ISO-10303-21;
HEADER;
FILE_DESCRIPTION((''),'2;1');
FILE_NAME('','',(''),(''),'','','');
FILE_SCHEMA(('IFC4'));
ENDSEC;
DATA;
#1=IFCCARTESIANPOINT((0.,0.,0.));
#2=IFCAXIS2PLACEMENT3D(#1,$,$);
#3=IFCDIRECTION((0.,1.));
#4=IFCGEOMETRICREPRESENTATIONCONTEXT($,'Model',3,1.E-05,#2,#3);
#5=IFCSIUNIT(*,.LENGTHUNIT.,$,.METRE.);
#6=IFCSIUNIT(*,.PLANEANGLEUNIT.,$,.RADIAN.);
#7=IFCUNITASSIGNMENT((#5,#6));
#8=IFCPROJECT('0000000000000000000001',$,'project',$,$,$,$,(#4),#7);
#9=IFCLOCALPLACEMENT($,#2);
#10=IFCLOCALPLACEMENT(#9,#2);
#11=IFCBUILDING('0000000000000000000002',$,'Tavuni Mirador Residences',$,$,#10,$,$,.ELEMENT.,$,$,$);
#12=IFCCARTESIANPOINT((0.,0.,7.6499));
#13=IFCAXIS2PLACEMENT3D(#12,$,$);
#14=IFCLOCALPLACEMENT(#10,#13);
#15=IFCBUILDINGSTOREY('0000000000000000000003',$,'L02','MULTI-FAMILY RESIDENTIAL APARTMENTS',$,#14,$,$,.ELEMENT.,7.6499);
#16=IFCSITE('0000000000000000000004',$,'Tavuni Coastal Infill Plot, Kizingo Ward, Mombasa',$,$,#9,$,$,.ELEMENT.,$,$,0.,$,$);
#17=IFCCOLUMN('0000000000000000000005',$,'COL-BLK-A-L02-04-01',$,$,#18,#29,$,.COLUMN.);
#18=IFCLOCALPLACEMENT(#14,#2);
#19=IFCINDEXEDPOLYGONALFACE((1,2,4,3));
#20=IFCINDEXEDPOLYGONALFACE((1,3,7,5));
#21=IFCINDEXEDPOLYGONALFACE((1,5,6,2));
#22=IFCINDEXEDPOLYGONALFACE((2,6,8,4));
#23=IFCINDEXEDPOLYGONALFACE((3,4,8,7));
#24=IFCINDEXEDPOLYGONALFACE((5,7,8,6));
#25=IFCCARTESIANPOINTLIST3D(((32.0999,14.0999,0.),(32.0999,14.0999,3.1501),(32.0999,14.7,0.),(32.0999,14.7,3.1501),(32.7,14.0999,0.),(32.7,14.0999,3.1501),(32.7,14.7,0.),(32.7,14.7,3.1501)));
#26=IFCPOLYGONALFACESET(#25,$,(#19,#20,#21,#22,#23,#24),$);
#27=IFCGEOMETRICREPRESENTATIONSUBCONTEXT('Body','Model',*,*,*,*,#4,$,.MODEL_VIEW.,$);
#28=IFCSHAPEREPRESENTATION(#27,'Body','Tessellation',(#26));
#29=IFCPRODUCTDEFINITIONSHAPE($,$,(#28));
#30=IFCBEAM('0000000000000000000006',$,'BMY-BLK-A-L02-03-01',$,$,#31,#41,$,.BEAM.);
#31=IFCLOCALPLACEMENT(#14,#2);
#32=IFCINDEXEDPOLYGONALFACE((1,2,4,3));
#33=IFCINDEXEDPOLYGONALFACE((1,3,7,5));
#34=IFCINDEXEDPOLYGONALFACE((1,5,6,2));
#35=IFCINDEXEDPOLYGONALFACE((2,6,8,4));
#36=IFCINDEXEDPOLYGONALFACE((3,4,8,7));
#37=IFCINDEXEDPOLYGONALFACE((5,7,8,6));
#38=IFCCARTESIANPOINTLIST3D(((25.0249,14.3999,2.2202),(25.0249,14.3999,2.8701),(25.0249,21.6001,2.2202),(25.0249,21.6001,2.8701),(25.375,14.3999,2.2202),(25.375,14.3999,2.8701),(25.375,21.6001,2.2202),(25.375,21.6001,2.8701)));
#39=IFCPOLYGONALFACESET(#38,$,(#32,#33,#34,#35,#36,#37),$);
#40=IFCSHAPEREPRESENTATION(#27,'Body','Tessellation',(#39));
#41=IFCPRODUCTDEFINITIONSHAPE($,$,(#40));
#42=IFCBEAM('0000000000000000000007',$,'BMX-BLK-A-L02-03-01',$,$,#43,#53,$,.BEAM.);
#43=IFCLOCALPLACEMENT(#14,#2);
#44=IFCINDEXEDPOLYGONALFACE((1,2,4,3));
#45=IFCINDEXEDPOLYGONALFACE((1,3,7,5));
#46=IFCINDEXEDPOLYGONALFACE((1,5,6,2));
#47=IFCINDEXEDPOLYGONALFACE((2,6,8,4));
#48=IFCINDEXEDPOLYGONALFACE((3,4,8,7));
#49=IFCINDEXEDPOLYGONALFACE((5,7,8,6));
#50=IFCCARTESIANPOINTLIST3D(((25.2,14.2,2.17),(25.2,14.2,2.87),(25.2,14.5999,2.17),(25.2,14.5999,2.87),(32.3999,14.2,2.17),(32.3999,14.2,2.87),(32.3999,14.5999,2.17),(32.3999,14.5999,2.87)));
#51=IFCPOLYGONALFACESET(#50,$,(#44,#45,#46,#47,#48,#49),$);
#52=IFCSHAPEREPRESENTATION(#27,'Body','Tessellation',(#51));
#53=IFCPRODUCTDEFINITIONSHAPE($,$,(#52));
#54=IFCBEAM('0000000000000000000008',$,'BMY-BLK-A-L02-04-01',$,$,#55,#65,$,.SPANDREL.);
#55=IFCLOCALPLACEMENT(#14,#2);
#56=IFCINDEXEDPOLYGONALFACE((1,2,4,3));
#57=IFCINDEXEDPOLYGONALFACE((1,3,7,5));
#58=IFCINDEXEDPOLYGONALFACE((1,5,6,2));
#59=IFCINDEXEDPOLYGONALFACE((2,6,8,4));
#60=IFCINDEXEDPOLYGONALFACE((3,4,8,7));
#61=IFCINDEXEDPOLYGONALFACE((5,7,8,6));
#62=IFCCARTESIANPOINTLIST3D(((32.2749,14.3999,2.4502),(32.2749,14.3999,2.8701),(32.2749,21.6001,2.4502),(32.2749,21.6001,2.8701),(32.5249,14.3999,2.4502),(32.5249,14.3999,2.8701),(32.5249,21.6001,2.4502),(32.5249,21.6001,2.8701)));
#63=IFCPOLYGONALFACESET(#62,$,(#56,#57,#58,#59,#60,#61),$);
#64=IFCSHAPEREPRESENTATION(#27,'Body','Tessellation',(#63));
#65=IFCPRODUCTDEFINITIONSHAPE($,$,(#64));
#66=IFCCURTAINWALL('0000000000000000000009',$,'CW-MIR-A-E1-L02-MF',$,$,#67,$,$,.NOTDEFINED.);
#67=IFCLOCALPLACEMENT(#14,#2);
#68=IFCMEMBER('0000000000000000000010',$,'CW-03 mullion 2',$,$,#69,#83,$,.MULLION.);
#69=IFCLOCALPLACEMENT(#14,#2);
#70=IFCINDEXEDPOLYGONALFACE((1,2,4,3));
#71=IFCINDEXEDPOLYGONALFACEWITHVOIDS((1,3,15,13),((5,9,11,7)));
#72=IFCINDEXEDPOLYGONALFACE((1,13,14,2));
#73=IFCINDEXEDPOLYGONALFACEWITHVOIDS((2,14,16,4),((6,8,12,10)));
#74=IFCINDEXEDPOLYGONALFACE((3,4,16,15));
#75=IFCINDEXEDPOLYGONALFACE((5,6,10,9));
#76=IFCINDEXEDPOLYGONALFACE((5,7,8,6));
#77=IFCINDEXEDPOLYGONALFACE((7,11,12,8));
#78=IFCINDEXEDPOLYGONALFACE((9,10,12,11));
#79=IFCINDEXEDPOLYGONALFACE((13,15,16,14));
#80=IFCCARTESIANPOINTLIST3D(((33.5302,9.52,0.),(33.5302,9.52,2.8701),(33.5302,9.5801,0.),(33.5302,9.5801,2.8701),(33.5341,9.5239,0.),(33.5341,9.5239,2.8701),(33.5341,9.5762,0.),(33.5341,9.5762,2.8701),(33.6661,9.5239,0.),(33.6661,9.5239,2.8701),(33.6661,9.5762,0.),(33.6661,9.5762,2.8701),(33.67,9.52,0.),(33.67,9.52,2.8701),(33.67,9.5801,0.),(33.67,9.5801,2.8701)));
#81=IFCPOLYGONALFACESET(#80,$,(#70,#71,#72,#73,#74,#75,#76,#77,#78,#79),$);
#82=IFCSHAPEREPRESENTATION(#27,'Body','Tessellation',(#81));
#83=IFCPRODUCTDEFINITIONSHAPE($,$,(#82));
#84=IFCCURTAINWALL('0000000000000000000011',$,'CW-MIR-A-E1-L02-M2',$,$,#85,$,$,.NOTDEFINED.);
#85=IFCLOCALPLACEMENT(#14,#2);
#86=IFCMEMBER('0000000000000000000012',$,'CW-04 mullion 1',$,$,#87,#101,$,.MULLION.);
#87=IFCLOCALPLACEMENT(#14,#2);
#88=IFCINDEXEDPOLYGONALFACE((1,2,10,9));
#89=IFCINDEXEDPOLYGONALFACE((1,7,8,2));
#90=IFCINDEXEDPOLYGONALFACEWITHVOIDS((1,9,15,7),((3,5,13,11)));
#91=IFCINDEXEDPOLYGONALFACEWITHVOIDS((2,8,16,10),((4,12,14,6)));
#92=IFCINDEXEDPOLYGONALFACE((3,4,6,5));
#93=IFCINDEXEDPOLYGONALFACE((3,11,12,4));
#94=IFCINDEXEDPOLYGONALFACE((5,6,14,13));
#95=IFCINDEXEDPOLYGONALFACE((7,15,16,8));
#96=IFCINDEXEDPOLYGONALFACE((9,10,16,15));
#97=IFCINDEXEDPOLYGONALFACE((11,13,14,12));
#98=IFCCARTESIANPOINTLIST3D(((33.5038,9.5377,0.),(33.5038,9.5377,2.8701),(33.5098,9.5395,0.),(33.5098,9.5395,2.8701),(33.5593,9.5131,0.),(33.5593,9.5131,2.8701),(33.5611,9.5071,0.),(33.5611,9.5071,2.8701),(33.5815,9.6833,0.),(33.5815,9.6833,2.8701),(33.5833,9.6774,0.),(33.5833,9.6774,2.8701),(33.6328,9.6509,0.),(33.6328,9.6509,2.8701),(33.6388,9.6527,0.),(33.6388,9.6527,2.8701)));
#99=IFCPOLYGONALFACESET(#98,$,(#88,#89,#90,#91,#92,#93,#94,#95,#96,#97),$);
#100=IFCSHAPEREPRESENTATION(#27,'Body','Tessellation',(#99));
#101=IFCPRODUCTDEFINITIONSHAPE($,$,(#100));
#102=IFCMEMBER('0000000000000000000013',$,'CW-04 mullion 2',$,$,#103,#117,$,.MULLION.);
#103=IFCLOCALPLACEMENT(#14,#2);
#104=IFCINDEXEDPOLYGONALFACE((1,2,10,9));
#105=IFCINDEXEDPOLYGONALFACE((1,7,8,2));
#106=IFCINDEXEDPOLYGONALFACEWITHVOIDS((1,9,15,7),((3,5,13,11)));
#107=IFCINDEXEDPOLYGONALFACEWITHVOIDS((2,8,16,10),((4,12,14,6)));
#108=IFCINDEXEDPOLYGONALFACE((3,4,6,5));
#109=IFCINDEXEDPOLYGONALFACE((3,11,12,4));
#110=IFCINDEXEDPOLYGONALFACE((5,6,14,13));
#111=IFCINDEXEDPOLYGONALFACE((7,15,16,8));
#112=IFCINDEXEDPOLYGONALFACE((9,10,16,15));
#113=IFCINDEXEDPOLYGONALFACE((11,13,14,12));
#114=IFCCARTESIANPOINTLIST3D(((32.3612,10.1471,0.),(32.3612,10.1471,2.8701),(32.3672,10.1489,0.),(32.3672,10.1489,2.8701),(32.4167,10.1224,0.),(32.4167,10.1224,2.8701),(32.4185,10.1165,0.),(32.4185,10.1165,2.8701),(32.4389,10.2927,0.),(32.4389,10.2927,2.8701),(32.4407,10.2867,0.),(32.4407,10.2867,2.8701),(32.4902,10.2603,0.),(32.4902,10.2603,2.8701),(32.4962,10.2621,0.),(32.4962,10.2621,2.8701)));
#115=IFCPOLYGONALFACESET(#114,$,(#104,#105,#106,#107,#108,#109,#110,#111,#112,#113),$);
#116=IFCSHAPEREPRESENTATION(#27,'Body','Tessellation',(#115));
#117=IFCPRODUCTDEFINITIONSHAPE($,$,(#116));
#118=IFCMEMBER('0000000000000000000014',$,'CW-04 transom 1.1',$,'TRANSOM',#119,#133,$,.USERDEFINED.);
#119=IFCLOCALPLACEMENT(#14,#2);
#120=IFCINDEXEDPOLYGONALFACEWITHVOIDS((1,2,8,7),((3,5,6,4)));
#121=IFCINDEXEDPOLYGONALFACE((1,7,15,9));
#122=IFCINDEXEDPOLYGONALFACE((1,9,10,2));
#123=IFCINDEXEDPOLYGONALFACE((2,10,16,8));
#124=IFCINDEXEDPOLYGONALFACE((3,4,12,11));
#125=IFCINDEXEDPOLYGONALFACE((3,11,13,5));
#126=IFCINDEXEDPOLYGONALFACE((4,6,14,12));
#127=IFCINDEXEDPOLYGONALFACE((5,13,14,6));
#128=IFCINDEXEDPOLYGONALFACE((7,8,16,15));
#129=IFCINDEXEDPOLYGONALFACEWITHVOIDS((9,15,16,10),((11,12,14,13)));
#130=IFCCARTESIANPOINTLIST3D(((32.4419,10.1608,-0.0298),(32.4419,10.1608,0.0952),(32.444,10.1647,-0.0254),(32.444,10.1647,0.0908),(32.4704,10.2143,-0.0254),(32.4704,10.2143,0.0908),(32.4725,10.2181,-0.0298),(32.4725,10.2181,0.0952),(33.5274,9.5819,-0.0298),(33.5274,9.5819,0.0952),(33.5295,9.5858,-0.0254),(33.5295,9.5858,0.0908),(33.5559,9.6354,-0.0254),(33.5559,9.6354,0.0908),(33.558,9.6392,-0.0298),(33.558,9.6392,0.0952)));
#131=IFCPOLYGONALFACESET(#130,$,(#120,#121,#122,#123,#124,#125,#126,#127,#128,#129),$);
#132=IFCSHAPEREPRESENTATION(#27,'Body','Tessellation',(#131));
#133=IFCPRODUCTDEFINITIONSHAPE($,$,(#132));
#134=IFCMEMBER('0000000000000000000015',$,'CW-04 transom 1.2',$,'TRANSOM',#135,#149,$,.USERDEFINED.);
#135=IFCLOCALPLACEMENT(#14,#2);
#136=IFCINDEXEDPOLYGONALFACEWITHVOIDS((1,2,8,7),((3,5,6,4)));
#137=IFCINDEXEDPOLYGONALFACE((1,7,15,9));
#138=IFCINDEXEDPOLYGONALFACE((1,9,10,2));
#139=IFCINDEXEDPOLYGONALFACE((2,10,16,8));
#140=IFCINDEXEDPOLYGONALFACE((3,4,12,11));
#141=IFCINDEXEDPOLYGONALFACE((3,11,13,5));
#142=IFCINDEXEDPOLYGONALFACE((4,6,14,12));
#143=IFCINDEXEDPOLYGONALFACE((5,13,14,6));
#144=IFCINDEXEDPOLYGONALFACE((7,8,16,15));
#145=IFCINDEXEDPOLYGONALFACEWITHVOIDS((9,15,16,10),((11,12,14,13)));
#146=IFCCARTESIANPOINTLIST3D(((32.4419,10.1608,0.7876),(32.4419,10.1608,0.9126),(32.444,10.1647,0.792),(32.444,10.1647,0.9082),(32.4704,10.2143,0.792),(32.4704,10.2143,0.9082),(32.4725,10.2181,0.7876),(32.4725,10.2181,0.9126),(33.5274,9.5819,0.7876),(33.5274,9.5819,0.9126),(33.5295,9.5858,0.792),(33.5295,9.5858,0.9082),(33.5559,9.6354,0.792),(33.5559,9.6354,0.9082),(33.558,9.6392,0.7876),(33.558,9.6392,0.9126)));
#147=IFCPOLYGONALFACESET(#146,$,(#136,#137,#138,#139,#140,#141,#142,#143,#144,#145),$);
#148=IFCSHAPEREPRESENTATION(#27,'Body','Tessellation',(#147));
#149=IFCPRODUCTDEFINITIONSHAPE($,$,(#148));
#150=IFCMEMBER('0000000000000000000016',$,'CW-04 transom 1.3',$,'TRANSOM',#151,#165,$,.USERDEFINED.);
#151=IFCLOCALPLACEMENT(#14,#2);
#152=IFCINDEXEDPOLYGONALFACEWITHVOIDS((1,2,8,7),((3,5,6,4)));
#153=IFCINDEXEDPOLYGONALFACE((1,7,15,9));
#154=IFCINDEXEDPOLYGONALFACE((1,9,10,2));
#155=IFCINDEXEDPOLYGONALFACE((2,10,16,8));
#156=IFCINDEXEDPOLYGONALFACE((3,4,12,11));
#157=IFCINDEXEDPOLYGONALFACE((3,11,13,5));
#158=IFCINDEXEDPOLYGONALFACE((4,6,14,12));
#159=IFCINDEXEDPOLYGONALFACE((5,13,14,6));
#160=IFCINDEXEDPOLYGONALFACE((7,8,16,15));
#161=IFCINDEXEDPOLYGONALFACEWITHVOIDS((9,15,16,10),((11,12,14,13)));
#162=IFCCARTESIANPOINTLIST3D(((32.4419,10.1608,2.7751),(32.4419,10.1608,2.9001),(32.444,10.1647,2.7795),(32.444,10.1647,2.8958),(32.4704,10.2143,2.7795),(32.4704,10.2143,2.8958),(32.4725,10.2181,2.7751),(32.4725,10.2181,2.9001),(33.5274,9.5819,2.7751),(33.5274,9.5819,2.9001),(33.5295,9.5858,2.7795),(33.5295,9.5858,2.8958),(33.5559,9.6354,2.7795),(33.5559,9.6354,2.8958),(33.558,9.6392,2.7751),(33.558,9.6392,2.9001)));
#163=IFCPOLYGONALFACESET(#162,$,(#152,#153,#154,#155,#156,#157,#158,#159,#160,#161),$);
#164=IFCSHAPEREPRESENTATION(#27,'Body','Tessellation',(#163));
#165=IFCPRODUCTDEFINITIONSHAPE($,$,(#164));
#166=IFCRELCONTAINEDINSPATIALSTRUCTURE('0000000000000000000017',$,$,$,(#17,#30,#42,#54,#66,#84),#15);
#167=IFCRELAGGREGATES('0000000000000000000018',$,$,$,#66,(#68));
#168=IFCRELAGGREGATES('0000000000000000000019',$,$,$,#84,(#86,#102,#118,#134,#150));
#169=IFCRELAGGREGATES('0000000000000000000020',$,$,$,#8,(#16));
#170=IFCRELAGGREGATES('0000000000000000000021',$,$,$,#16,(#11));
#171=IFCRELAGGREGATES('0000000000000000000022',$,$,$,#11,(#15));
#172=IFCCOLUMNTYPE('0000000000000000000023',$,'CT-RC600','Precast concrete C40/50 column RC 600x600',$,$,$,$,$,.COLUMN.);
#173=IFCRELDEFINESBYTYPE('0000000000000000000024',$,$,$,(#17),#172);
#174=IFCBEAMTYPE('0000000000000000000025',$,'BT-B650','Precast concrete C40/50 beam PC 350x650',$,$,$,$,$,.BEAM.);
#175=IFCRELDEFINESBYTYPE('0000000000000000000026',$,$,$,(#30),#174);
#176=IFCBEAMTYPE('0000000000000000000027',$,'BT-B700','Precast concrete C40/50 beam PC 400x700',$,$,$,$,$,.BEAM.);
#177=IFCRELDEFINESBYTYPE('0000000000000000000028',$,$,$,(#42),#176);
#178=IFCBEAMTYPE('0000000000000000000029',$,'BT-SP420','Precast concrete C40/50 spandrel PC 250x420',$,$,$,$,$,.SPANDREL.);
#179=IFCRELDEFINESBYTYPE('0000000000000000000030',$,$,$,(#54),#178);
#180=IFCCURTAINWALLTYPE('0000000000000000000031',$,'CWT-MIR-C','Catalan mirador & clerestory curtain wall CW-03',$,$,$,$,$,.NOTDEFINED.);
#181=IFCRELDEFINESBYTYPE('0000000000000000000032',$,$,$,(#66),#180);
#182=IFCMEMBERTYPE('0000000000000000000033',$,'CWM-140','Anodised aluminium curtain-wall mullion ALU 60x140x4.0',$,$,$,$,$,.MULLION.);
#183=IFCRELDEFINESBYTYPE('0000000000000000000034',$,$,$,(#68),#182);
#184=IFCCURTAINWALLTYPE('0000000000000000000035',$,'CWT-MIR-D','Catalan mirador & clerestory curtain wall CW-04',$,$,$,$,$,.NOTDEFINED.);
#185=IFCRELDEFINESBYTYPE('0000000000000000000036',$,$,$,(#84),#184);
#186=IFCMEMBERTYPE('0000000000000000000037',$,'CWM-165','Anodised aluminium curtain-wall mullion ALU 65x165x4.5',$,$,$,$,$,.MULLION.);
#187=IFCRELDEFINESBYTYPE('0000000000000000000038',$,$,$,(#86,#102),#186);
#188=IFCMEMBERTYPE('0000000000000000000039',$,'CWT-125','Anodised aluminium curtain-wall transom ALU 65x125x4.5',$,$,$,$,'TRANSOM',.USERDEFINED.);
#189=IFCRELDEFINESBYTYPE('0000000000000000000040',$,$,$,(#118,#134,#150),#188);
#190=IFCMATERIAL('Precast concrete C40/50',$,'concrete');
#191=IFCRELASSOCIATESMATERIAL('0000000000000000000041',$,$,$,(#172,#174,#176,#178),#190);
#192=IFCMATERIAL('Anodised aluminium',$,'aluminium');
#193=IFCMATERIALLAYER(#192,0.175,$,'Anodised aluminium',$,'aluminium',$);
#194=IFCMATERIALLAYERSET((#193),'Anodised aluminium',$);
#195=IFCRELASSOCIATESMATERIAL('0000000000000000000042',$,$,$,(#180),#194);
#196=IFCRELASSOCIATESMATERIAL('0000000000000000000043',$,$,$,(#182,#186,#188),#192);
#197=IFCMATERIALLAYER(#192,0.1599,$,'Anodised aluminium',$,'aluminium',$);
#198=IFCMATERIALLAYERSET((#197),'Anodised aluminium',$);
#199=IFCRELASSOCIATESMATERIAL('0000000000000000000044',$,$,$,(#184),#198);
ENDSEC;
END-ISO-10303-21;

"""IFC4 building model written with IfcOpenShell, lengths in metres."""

from ifc_helpers import new_model, si_unit, direction, frame, origin, origin_2d, place, context, subcontext, project, spatial, rectangle, hollow_rectangle, extrude, material, layer, layer_set, material_profile, profile_set, type_object, element, aggregate, save


model = new_model("IFC4")

# Units and contexts
model_context = context("Model", 3, precision=1e-05, world=origin(), true_north=direction((0.0, 1.0)))
body_context = subcontext(model_context, "Body", "Model", "MODEL_VIEW")
ifc_project = project(units=[si_unit("LENGTHUNIT", "METRE"), si_unit("PLANEANGLEUNIT", "RADIAN")], contexts=[model_context])

# Site, building, storey
site_placement = place(None, origin())
site = spatial("IfcSite", under=ifc_project, at=site_placement, Name="Tavuni Coastal Infill Plot, Kizingo Ward, Mombasa", CompositionType="ELEMENT", RefElevation=0.0)
building_placement = place(site_placement, origin())
building = spatial("IfcBuilding", under=site, at=building_placement, Name="Tavuni Mirador Residences", CompositionType="ELEMENT")
storey_placement = place(building_placement, frame((0.0, 0.0, 7.6499)))
storey = spatial("IfcBuildingStorey", under=building, at=storey_placement, Name="L02", Description="MULTI-FAMILY RESIDENTIAL APARTMENTS", CompositionType="ELEMENT", Elevation=7.6499)

# Column
ifc_material_1 = material(Name="Precast concrete C40/50", Category="concrete")
ifc_material_profile_1 = material_profile(ifc_material_1, rectangle(XDim=0.6001, YDim=0.6001, at=origin_2d()), Name="RC 600x600", Category="concrete")
ifc_profile_set_1 = profile_set([ifc_material_profile_1], Name="Precast concrete C40/50")
column_type = type_object("IfcColumnType", Name="CT-RC600", Description="Precast concrete C40/50 column RC 600x600", PredefinedType="COLUMN", material=ifc_profile_set_1)
column_placement = place(storey_placement, frame((32.3999, 14.3999, 0.0), z_axis=(0.0, 0.0, 1.0), x_axis=(1.0, 0.0, 0.0)))
element("IfcColumn", 1, at=column_placement, inside=storey, type_object=column_type, Name="COL-BLK-A-L02-04-01", PredefinedType="COLUMN", context=body_context, shape_type="SweptSolid", body=[
    extrude(rectangle(XDim=0.6001, YDim=0.6001, at=origin_2d()), origin(), (0.0, 0.0, 1.0), 3.1501),
])

# Beams
ifc_material_profile_2 = material_profile(ifc_material_1, rectangle(XDim=0.3501, YDim=0.6499, at=origin_2d()), Name="PC 350x650", Category="concrete")
ifc_profile_set_2 = profile_set([ifc_material_profile_2], Name="Precast concrete C40/50")
beam_type_1 = type_object("IfcBeamType", Name="BT-B650", Description="Precast concrete C40/50 beam PC 350x650", PredefinedType="BEAM", material=ifc_profile_set_2)
beam_1_placement = place(storey_placement, frame((25.2, 14.3999, 2.5452), z_axis=(0.0, 1.0, 0.0), x_axis=(-1.0, 0.0, 0.0)))
element("IfcBeam", 2, at=beam_1_placement, inside=storey, type_object=beam_type_1, Name="BMY-BLK-A-L02-03-01", PredefinedType="BEAM", context=body_context, shape_type="SweptSolid", body=[
    extrude(rectangle(XDim=0.3501, YDim=0.6499, at=origin_2d()), origin(), (0.0, 0.0, 1.0), 7.2002),
])
ifc_material_profile_3 = material_profile(ifc_material_1, rectangle(XDim=0.3999, YDim=0.7, at=origin_2d()), Name="PC 400x700", Category="concrete")
ifc_profile_set_3 = profile_set([ifc_material_profile_3], Name="Precast concrete C40/50")
beam_type_2 = type_object("IfcBeamType", Name="BT-B700", Description="Precast concrete C40/50 beam PC 400x700", PredefinedType="BEAM", material=ifc_profile_set_3)
beam_2_placement = place(storey_placement, frame((25.2, 14.3999, 2.52), z_axis=(1.0, 0.0, 0.0), x_axis=(0.0, 1.0, 0.0)))
element("IfcBeam", 3, at=beam_2_placement, inside=storey, type_object=beam_type_2, Name="BMX-BLK-A-L02-03-01", PredefinedType="BEAM", context=body_context, shape_type="SweptSolid", body=[
    extrude(rectangle(XDim=0.3999, YDim=0.7, at=origin_2d()), origin(), (0.0, 0.0, 1.0), 7.2),
])
ifc_material_profile_4 = material_profile(ifc_material_1, rectangle(XDim=0.25, YDim=0.4199, at=origin_2d()), Name="PC 250x420", Category="concrete")
ifc_profile_set_4 = profile_set([ifc_material_profile_4], Name="Precast concrete C40/50")
beam_type_3 = type_object("IfcBeamType", Name="BT-SP420", Description="Precast concrete C40/50 spandrel PC 250x420", PredefinedType="SPANDREL", material=ifc_profile_set_4)
beam_3_placement = place(storey_placement, frame((32.3999, 14.3999, 2.6602), z_axis=(0.0, 1.0, 0.0), x_axis=(-1.0, 0.0, 0.0)))
element("IfcBeam", 4, at=beam_3_placement, inside=storey, type_object=beam_type_3, Name="BMY-BLK-A-L02-04-01", PredefinedType="SPANDREL", context=body_context, shape_type="SweptSolid", body=[
    extrude(rectangle(XDim=0.25, YDim=0.4199, at=origin_2d()), origin(), (0.0, 0.0, 1.0), 7.2002),
])

# Curtain wall, member
ifc_material_2 = material(Name="Anodised aluminium", Category="aluminium")
ifc_layer_1 = layer(ifc_material_2, 0.175, Name="Anodised aluminium", Category="aluminium")
ifc_layer_set_1 = layer_set([ifc_layer_1], Name="Anodised aluminium")
curtain_wall_type_1 = type_object("IfcCurtainWallType", Name="CWT-MIR-C", Description="Catalan mirador & clerestory curtain wall CW-03", PredefinedType="NOTDEFINED", material=ifc_layer_set_1)
curtain_wall_1_placement = place(storey_placement, origin())
curtain_wall_1 = element("IfcCurtainWall", 5, at=curtain_wall_1_placement, inside=storey, type_object=curtain_wall_type_1, Name="CW-MIR-A-E1-L02-MF", PredefinedType="NOTDEFINED")
ifc_material_profile_5 = material_profile(ifc_material_2, hollow_rectangle(XDim=0.0601, YDim=0.1399, WallThickness=0.0039, at=origin_2d()), Name="ALU 60x140x4.0", Category="aluminium")
ifc_profile_set_5 = profile_set([ifc_material_profile_5], Name="Anodised aluminium")
member_type_1 = type_object("IfcMemberType", Name="CWM-140", Description="Anodised aluminium curtain-wall mullion ALU 60x140x4.0", PredefinedType="MULLION", material=ifc_profile_set_5)
member_1_placement = place(storey_placement, frame((33.6001, 9.55, 0.0), z_axis=(0.0, 0.0, 1.0), x_axis=(0.0, 1.0, 0.0)))
member_1 = element("IfcMember", 6, at=member_1_placement, type_object=member_type_1, Name="CW-03 mullion 2", PredefinedType="MULLION", context=body_context, shape_type="SweptSolid", body=[
    extrude(hollow_rectangle(XDim=0.0601, YDim=0.1399, WallThickness=0.0039, at=origin_2d()), origin(), (0.0, 0.0, 1.0), 2.8701),
])

# Curtain wall, members
ifc_layer_2 = layer(ifc_material_2, 0.1599, Name="Anodised aluminium", Category="aluminium")
ifc_layer_set_2 = layer_set([ifc_layer_2], Name="Anodised aluminium")
curtain_wall_type_2 = type_object("IfcCurtainWallType", Name="CWT-MIR-D", Description="Catalan mirador & clerestory curtain wall CW-04", PredefinedType="NOTDEFINED", material=ifc_layer_set_2)
curtain_wall_2_placement = place(storey_placement, origin())
curtain_wall_2 = element("IfcCurtainWall", 7, at=curtain_wall_2_placement, inside=storey, type_object=curtain_wall_type_2, Name="CW-MIR-A-E1-L02-M2", PredefinedType="NOTDEFINED")
ifc_material_profile_6 = material_profile(ifc_material_2, hollow_rectangle(XDim=0.0649, YDim=0.165, WallThickness=0.0044, at=origin_2d()), Name="ALU 65x165x4.5", Category="aluminium")
ifc_profile_set_6 = profile_set([ifc_material_profile_6], Name="Anodised aluminium")
member_type_2 = type_object("IfcMemberType", Name="CWM-165", Description="Anodised aluminium curtain-wall mullion ALU 65x165x4.5", PredefinedType="MULLION", material=ifc_profile_set_6)
member_2_placement = place(storey_placement, frame((33.5713, 9.5952, 0.0), z_axis=(0.0, 0.0, 1.0), x_axis=(-0.882353, 0.470588, 0.0)))
member_2 = element("IfcMember", 8, at=member_2_placement, type_object=member_type_2, Name="CW-04 mullion 1", PredefinedType="MULLION", context=body_context, shape_type="SweptSolid", body=[
    extrude(hollow_rectangle(XDim=0.0649, YDim=0.165, WallThickness=0.0044, at=origin_2d()), origin(), (0.0, 0.0, 1.0), 2.8701),
])
member_3_placement = place(storey_placement, frame((32.4287, 10.2046, 0.0), z_axis=(0.0, 0.0, 1.0), x_axis=(-0.882353, 0.470588, 0.0)))
member_3 = element("IfcMember", 9, at=member_3_placement, type_object=member_type_2, Name="CW-04 mullion 2", PredefinedType="MULLION", context=body_context, shape_type="SweptSolid", body=[
    extrude(hollow_rectangle(XDim=0.0649, YDim=0.165, WallThickness=0.0044, at=origin_2d()), origin(), (0.0, 0.0, 1.0), 2.8701),
])
ifc_material_profile_7 = material_profile(ifc_material_2, hollow_rectangle(XDim=0.0649, YDim=0.125, WallThickness=0.0044, at=origin_2d()), Name="ALU 65x125x4.5", Category="aluminium")
ifc_profile_set_7 = profile_set([ifc_material_profile_7], Name="Anodised aluminium")
member_type_3 = type_object("IfcMemberType", Name="CWT-125", Description="Anodised aluminium curtain-wall transom ALU 65x125x4.5", ElementType="TRANSOM", PredefinedType="USERDEFINED", material=ifc_profile_set_7)
member_4_placement = place(storey_placement, frame((33.5427, 9.6106, 0.0327), z_axis=(-0.882369, 0.470557, 0.0), x_axis=(-0.470557, -0.882369, 0.0)))
member_4 = element("IfcMember", 10, at=member_4_placement, type_object=member_type_3, Name="CW-04 transom 1.1", ObjectType="TRANSOM", PredefinedType="USERDEFINED", context=body_context, shape_type="SweptSolid", body=[
    extrude(hollow_rectangle(XDim=0.0649, YDim=0.125, WallThickness=0.0044, at=origin_2d()), origin(), (0.0, 0.0, 1.0), 1.2302),
])
member_5_placement = place(storey_placement, frame((33.5427, 9.6106, 0.8501), z_axis=(-0.882369, 0.470557, 0.0), x_axis=(-0.470557, -0.882369, 0.0)))
member_5 = element("IfcMember", 11, at=member_5_placement, type_object=member_type_3, Name="CW-04 transom 1.2", ObjectType="TRANSOM", PredefinedType="USERDEFINED", context=body_context, shape_type="SweptSolid", body=[
    extrude(hollow_rectangle(XDim=0.0649, YDim=0.125, WallThickness=0.0044, at=origin_2d()), origin(), (0.0, 0.0, 1.0), 1.2302),
])
member_6_placement = place(storey_placement, frame((33.5427, 9.6106, 2.8376), z_axis=(-0.882369, 0.470557, 0.0), x_axis=(-0.470557, -0.882369, 0.0)))
member_6 = element("IfcMember", 12, at=member_6_placement, type_object=member_type_3, Name="CW-04 transom 1.3", ObjectType="TRANSOM", PredefinedType="USERDEFINED", context=body_context, shape_type="SweptSolid", body=[
    extrude(hollow_rectangle(XDim=0.0649, YDim=0.125, WallThickness=0.0044, at=origin_2d()), origin(), (0.0, 0.0, 1.0), 1.2302),
])

aggregate(curtain_wall_1, [member_1])
aggregate(curtain_wall_2, [member_2, member_3, member_4, member_5, member_6])

save(model, "model.ifc")
